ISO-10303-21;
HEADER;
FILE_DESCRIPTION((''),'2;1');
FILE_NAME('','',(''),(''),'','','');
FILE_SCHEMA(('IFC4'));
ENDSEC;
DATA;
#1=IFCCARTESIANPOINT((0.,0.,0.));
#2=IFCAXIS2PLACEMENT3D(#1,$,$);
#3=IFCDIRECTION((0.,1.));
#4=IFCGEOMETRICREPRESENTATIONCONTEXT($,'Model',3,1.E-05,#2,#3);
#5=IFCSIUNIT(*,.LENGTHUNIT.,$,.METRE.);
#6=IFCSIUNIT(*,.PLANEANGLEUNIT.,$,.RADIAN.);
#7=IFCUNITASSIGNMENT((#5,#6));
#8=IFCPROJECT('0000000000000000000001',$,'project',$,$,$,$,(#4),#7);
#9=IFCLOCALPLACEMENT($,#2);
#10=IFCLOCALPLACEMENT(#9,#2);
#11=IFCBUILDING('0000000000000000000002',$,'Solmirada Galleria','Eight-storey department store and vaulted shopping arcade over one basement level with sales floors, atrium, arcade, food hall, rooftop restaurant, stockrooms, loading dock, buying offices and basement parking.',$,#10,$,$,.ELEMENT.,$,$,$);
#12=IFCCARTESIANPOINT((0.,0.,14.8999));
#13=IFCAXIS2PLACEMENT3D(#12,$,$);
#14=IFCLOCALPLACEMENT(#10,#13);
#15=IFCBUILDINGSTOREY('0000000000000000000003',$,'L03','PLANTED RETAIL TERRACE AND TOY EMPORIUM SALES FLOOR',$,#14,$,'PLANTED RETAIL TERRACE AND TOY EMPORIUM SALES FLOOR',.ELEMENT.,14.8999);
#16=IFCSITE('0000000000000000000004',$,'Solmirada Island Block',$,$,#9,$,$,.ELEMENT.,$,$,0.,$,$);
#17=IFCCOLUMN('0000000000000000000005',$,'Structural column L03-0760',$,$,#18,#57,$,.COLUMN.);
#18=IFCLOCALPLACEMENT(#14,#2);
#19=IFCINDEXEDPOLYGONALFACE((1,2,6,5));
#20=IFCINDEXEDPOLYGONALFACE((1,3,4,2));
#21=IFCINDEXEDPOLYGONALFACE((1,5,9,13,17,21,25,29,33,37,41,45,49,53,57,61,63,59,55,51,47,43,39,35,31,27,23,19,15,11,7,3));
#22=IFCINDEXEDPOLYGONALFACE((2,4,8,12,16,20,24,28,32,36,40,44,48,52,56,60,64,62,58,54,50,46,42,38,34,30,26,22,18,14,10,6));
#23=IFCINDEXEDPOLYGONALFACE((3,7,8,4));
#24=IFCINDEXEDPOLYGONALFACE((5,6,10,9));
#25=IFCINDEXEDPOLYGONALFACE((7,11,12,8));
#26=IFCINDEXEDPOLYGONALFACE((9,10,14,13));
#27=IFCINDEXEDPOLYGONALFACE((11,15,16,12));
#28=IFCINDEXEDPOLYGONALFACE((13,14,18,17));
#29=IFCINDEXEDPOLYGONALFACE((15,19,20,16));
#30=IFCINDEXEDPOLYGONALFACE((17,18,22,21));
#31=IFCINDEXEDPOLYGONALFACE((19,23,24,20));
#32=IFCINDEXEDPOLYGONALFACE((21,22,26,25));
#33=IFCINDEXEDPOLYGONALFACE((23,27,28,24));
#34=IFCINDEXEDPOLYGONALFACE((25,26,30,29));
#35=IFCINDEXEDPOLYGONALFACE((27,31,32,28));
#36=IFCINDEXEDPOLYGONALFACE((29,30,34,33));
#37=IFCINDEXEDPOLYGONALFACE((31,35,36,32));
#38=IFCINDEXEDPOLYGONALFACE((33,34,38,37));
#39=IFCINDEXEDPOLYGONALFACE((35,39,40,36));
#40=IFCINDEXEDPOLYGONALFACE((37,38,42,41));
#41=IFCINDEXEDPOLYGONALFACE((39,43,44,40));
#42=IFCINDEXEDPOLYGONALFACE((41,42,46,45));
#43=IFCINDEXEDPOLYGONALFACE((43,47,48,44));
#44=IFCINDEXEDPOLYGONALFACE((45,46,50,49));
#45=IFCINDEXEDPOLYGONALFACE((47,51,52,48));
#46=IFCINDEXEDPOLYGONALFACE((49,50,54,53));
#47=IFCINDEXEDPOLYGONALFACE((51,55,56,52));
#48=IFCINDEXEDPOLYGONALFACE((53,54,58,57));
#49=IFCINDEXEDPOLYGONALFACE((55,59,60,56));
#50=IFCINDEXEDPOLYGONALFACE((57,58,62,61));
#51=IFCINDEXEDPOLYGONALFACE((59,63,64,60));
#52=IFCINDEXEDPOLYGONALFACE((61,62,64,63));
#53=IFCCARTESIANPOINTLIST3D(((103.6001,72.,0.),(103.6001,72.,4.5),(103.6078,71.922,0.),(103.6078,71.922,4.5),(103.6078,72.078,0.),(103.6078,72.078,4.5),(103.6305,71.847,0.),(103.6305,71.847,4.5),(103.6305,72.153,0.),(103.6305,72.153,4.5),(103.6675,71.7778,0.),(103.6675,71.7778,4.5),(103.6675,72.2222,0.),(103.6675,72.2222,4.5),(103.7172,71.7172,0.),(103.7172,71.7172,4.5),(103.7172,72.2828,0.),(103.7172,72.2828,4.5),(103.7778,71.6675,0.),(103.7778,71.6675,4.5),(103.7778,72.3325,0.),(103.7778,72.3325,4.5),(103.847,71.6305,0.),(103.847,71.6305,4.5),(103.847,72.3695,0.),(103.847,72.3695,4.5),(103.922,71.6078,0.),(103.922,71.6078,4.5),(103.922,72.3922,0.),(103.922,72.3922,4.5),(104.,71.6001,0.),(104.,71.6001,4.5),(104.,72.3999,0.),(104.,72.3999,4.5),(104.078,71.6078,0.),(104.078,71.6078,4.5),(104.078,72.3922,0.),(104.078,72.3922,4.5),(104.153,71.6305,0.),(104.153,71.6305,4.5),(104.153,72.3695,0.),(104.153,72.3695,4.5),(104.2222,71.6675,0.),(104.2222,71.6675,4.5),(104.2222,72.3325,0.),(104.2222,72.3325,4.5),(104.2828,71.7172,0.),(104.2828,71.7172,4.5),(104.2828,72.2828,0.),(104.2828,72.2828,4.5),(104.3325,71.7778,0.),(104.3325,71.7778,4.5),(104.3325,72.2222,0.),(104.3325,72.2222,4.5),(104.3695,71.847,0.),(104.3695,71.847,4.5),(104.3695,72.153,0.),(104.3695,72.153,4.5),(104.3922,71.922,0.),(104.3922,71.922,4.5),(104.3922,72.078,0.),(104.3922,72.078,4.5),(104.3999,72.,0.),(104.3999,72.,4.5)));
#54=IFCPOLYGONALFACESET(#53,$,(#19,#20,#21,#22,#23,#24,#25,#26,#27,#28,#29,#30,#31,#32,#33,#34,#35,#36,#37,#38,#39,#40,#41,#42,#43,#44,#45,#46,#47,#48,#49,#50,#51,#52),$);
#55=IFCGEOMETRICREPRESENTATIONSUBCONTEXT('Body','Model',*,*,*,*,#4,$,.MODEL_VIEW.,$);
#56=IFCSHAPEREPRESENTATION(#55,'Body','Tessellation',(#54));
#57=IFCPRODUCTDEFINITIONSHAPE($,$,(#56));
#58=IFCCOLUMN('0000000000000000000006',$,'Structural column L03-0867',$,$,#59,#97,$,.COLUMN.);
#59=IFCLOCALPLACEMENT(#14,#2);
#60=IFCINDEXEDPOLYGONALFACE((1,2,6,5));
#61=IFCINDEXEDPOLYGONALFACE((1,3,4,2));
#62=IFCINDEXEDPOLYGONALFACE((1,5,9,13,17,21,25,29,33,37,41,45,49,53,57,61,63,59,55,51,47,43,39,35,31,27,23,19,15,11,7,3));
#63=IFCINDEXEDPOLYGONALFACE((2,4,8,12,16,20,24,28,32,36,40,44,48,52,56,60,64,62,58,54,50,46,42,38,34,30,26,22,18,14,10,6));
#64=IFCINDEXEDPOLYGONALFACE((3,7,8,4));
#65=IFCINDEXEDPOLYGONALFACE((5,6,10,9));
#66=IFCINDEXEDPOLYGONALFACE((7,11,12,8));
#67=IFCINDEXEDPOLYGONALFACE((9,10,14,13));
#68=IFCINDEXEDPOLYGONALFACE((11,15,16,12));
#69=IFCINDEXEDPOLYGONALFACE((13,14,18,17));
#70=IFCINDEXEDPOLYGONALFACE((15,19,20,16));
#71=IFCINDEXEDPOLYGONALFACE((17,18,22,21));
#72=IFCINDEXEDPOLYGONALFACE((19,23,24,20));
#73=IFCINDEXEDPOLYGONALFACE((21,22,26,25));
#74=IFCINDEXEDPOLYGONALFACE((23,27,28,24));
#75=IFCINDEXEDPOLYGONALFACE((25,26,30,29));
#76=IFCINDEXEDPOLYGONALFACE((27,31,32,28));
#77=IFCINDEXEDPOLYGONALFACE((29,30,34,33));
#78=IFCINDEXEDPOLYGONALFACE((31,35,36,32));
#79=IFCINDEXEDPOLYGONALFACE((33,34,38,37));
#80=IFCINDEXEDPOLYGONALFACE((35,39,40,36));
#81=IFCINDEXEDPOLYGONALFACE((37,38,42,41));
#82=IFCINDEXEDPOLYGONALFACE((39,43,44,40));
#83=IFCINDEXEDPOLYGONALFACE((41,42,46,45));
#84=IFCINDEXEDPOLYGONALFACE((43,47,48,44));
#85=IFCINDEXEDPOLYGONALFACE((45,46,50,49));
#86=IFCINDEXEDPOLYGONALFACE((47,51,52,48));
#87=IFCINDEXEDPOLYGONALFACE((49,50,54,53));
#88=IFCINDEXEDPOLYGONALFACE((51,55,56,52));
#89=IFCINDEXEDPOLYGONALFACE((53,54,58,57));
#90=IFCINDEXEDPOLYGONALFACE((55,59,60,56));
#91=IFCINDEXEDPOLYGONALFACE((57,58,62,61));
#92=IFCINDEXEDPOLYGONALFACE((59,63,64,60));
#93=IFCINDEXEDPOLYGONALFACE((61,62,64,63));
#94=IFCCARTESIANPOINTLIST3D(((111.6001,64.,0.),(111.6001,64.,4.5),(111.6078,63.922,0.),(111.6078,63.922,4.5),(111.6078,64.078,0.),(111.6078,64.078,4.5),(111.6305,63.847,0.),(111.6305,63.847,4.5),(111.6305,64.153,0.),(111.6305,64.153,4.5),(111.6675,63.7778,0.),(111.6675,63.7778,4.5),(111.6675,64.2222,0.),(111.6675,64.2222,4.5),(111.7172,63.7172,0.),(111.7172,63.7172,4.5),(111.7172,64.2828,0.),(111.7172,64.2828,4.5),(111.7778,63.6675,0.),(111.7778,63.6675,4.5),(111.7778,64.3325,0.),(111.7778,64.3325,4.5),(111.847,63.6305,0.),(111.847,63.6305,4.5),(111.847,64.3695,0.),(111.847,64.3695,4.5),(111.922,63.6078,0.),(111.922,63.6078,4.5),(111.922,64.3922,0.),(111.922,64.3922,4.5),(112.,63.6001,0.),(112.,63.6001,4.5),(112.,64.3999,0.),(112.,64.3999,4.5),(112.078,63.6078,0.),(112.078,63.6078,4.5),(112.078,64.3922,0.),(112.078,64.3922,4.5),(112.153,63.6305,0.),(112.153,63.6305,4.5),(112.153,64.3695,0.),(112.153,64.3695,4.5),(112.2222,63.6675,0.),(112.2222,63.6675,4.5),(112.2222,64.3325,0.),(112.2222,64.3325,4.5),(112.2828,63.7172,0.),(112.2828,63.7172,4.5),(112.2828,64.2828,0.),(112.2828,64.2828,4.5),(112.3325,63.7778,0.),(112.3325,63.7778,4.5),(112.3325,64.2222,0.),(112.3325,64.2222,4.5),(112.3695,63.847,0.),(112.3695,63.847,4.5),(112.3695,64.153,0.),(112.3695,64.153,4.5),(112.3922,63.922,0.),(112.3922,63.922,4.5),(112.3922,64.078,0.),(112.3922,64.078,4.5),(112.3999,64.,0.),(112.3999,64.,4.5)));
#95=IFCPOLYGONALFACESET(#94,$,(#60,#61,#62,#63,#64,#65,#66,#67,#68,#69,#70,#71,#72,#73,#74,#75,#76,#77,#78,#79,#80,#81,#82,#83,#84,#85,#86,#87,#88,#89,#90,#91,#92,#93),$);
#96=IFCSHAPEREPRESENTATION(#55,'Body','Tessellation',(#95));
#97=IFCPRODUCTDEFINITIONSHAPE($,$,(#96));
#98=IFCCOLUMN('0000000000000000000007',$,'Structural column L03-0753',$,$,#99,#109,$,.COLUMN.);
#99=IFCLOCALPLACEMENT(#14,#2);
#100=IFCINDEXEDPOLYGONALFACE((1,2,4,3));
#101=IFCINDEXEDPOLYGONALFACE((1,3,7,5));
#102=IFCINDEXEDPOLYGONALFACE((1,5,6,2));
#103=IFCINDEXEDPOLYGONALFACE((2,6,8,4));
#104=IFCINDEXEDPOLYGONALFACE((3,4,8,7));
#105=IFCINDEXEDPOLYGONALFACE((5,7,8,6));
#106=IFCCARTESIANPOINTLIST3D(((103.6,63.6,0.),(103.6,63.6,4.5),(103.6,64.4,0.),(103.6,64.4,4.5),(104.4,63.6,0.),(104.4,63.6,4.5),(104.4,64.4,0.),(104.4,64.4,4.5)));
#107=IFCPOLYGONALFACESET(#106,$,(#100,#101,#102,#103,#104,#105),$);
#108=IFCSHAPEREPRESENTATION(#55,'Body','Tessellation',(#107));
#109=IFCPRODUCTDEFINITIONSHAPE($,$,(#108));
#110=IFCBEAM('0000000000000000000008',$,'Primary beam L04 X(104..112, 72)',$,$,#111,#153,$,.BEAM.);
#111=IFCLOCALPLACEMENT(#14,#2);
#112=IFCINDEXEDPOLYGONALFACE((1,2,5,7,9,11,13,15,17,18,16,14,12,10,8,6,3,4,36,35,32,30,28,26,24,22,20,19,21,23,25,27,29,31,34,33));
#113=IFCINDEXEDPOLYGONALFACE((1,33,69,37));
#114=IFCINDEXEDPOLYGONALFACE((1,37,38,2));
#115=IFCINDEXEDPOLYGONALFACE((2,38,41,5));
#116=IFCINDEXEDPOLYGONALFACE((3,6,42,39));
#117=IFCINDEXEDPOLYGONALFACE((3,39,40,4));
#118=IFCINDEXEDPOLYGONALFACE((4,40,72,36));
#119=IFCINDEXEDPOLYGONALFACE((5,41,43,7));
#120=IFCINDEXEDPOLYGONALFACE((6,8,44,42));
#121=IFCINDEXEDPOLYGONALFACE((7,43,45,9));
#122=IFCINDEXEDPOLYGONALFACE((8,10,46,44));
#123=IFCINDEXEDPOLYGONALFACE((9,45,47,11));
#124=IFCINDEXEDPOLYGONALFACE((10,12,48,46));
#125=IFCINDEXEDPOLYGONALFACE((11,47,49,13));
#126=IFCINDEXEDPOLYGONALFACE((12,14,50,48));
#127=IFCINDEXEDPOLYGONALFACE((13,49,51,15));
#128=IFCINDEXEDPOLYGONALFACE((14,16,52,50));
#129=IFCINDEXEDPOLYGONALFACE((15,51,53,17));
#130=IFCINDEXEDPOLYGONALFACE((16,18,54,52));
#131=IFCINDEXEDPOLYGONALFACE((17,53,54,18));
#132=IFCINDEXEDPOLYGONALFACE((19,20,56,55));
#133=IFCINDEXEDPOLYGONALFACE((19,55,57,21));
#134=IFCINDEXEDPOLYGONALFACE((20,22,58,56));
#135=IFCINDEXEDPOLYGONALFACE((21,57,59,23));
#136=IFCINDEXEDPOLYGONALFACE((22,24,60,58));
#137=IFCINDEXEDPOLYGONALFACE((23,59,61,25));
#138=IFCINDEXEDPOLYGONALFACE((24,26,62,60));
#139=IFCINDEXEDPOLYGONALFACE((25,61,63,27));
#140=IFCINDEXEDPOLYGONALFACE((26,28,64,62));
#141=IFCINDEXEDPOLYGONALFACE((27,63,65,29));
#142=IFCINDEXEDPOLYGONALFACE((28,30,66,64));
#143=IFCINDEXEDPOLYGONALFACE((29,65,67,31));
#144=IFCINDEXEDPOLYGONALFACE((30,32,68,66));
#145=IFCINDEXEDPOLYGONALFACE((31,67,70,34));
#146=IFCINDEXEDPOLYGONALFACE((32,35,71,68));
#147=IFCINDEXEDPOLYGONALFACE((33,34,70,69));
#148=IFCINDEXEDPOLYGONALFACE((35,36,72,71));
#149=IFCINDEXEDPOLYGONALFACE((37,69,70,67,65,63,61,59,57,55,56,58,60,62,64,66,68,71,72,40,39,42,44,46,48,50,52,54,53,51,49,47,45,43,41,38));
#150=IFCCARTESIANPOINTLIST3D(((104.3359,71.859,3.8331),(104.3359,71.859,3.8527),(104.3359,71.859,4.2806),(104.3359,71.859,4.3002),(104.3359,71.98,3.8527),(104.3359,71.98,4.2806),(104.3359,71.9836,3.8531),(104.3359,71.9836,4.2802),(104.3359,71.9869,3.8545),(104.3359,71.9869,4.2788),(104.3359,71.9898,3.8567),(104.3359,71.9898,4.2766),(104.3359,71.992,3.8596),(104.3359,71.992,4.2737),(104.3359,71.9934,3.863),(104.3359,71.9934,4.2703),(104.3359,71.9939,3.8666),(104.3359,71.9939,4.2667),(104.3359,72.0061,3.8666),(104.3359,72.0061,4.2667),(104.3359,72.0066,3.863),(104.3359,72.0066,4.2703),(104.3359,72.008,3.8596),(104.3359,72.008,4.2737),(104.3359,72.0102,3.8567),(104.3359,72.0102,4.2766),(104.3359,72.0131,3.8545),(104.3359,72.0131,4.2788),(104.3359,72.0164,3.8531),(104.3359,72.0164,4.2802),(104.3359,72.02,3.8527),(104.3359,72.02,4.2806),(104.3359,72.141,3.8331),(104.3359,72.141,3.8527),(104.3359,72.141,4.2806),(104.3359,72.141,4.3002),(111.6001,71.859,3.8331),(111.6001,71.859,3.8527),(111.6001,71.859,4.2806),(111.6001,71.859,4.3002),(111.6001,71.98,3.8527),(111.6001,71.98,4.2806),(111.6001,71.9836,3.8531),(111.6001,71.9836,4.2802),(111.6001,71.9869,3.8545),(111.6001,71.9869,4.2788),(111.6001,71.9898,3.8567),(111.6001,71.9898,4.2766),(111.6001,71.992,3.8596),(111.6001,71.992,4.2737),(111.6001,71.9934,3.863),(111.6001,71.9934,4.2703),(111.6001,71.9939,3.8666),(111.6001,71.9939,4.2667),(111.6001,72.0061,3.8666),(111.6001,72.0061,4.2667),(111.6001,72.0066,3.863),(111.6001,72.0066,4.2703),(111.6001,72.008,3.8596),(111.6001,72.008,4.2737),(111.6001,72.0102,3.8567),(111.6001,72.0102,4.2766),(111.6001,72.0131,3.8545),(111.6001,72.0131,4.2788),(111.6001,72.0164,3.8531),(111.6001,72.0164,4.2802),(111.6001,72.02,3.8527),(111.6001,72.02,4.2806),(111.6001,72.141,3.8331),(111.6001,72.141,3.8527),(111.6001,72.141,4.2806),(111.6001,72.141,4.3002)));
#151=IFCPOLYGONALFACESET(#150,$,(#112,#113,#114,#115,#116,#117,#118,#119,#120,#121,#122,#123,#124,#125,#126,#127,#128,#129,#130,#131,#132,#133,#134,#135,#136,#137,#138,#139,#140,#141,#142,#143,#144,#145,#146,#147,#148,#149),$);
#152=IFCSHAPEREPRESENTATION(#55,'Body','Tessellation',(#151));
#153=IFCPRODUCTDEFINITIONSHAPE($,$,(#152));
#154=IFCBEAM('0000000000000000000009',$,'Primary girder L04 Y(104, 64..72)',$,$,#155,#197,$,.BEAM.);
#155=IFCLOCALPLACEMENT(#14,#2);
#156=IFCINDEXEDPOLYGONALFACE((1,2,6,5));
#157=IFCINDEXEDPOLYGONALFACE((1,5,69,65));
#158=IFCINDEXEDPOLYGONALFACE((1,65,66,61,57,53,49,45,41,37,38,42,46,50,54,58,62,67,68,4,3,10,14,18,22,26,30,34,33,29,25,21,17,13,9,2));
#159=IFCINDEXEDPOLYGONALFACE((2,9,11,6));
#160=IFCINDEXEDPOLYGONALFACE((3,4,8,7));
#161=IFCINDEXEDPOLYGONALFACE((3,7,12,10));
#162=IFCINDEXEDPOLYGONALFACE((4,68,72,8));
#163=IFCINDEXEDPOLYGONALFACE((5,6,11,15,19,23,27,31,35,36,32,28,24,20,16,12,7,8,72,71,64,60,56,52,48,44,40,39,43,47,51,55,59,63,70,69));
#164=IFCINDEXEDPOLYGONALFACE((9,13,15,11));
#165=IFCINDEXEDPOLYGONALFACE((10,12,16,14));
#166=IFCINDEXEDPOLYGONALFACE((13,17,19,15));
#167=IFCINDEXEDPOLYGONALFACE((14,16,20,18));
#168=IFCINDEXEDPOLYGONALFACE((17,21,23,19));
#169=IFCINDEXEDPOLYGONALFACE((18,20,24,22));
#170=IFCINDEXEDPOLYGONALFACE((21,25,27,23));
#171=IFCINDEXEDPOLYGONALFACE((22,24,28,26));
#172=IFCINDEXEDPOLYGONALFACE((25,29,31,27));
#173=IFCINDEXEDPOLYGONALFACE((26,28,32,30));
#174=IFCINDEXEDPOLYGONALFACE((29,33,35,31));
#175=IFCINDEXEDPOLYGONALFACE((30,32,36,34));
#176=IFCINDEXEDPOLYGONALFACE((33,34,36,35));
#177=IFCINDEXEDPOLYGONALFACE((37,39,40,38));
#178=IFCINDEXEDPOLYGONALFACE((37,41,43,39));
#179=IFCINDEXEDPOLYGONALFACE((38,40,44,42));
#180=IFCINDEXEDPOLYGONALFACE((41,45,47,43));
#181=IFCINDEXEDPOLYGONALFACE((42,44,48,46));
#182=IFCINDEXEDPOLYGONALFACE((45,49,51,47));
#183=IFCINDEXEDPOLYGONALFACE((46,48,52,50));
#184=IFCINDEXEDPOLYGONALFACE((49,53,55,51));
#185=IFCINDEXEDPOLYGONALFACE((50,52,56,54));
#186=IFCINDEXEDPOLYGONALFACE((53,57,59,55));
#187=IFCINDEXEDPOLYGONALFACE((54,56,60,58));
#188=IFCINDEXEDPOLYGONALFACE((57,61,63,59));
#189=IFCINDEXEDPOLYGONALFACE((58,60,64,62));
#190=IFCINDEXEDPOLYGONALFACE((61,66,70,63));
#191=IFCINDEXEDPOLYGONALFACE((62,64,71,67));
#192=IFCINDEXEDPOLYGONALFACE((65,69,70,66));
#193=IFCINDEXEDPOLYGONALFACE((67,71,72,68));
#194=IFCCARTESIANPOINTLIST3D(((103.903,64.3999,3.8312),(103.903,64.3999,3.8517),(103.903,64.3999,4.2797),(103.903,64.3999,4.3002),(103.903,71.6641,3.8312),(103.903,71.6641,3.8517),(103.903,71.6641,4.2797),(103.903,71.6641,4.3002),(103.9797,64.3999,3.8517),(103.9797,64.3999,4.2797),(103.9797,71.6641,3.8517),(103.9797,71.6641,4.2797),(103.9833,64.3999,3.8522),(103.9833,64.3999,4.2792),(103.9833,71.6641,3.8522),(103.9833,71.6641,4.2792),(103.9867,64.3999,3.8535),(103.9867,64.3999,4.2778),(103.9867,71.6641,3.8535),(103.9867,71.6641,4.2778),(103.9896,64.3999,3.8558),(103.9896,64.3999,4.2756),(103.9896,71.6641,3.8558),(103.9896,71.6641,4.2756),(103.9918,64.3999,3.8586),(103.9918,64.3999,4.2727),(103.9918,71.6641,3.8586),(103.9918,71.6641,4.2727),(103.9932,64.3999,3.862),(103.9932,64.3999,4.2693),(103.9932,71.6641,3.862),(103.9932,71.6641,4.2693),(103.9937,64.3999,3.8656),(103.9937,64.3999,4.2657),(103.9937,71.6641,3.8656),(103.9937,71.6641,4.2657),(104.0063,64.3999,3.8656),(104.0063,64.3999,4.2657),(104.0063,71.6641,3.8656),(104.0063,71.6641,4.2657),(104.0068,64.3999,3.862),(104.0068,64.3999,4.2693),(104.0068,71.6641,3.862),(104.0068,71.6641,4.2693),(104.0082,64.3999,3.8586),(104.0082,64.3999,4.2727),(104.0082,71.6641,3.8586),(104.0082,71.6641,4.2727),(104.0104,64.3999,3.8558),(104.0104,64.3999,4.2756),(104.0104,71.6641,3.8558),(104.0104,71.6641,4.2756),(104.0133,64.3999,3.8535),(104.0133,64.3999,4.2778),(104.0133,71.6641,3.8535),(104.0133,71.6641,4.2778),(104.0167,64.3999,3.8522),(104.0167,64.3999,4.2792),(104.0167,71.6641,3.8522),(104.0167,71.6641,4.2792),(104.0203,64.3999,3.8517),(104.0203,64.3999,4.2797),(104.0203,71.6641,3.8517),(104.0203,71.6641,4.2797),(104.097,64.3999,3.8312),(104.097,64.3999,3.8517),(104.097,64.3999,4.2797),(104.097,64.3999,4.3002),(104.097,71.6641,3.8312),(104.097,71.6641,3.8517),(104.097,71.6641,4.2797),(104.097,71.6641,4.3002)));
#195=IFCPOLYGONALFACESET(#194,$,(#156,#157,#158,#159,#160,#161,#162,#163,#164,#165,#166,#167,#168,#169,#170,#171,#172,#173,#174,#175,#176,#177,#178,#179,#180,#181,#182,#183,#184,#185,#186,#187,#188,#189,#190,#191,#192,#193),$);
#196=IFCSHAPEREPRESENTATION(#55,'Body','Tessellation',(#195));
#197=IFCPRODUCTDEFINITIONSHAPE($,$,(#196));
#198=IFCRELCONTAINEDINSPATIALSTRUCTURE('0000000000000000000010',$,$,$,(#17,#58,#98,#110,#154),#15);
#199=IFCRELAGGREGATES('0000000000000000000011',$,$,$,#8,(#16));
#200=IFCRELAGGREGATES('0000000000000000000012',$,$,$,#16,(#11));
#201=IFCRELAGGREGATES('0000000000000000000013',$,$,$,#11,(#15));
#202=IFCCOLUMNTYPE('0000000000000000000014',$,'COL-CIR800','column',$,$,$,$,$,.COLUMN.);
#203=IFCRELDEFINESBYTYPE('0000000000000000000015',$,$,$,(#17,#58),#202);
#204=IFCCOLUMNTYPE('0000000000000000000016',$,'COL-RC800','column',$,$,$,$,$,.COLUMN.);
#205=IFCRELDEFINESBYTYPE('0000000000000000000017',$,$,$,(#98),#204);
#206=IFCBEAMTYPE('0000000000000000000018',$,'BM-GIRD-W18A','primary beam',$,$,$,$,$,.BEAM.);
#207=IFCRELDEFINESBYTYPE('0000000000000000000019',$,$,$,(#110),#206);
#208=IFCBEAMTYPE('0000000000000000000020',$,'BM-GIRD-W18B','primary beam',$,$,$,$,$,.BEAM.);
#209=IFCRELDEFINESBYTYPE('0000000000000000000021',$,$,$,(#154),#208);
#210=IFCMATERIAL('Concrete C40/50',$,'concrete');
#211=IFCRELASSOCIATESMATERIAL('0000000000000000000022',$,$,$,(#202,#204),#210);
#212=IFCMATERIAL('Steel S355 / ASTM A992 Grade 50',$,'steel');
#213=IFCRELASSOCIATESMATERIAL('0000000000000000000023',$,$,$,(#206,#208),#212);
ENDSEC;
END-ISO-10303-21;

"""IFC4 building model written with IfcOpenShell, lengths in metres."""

from ifc_helpers import new_model, si_unit, direction, frame, origin, origin_2d, place, context, subcontext, project, spatial, rectangle, circle, i_section, extrude, material, material_profile, profile_set, type_object, element, save


model = new_model("IFC4")

# Units and contexts
model_context = context("Model", 3, precision=1e-05, world=origin(), true_north=direction((0.0, 1.0)))
body_context = subcontext(model_context, "Body", "Model", "MODEL_VIEW")
ifc_project = project(units=[si_unit("LENGTHUNIT", "METRE"), si_unit("PLANEANGLEUNIT", "RADIAN")], contexts=[model_context])

# Site, building, storey
site_placement = place(None, origin())
site = spatial("IfcSite", under=ifc_project, at=site_placement, Name="Solmirada Island Block", CompositionType="ELEMENT", RefElevation=0.0)
building_placement = place(site_placement, origin())
building = spatial("IfcBuilding", under=site, at=building_placement, Name="Solmirada Galleria", Description="Eight-storey department store and vaulted shopping arcade over one basement level with sales floors, atrium, arcade, food hall, rooftop restaurant, stockrooms, loading dock, buying offices and basement parking.", CompositionType="ELEMENT")
storey_placement = place(building_placement, frame((0.0, 0.0, 14.8999)))
storey = spatial("IfcBuildingStorey", under=building, at=storey_placement, Name="L03", Description="PLANTED RETAIL TERRACE AND TOY EMPORIUM SALES FLOOR", LongName="PLANTED RETAIL TERRACE AND TOY EMPORIUM SALES FLOOR", CompositionType="ELEMENT", Elevation=14.8999)

# Columns
ifc_material_1 = material(Name="Concrete C40/50", Category="concrete")
ifc_material_profile_1 = material_profile(ifc_material_1, circle(Radius=0.3999, at=origin_2d()), Name="RCCOL800")
ifc_profile_set_1 = profile_set([ifc_material_profile_1], Name="Concrete C40/50")
column_type_1 = type_object("IfcColumnType", Name="COL-CIR800", Description="column", PredefinedType="COLUMN", material=ifc_profile_set_1)
for number, where, z_axis, x_axis, name in (
    (1, (104.0, 72.0, 0.0), (0.0, 0.0, 1.0), (1.0, 0.0, 0.0), "Structural column L03-0760"),
    (2, (112.0, 64.0, 0.0), (0.0, 0.0, 1.0), (1.0, 0.0, 0.0), "Structural column L03-0867"),
):
    element("IfcColumn", number, at=place(storey_placement, frame(where, z_axis=z_axis, x_axis=x_axis)), inside=storey, type_object=column_type_1, Name=name, PredefinedType="COLUMN", context=body_context, shape_type="SweptSolid", body=[
        extrude(circle(Radius=0.3999, at=origin_2d()), origin(), (0.0, 0.0, 1.0), 4.5),
    ])
ifc_material_profile_2 = material_profile(ifc_material_1, rectangle(XDim=0.8, YDim=0.8, at=origin_2d()), Name="RC800X800")
ifc_profile_set_2 = profile_set([ifc_material_profile_2], Name="Concrete C40/50")
column_type_2 = type_object("IfcColumnType", Name="COL-RC800", Description="column", PredefinedType="COLUMN", material=ifc_profile_set_2)
column_placement = place(storey_placement, frame((104.0, 64.0, 0.0), z_axis=(0.0, 0.0, 1.0), x_axis=(1.0, 0.0, 0.0)))
element("IfcColumn", 3, at=column_placement, inside=storey, type_object=column_type_2, Name="Structural column L03-0753", PredefinedType="COLUMN", context=body_context, shape_type="SweptSolid", body=[
    extrude(rectangle(XDim=0.8, YDim=0.8, at=origin_2d()), origin(), (0.0, 0.0, 1.0), 4.5),
])

# Beams
ifc_material_2 = material(Name="Steel S355 / ASTM A992 Grade 50", Category="steel")
ifc_material_profile_3 = material_profile(ifc_material_2, i_section(OverallWidth=0.282, OverallDepth=0.467, WebThickness=0.0122, FlangeThickness=0.0195, FilletRadius=0.0139, at=origin_2d()), Name="W18X86")
ifc_profile_set_3 = profile_set([ifc_material_profile_3], Name="Steel S355 / ASTM A992 Grade 50")
beam_type_1 = type_object("IfcBeamType", Name="BM-GIRD-W18A", Description="primary beam", PredefinedType="BEAM", material=ifc_profile_set_3)
beam_1_placement = place(storey_placement, frame((104.3359, 72.0, 4.0667), z_axis=(1.0, 0.0, 0.0), x_axis=(0.0, 1.0, 0.0)))
element("IfcBeam", 4, at=beam_1_placement, inside=storey, type_object=beam_type_1, Name="Primary beam L04 X(104..112, 72)", PredefinedType="BEAM", context=body_context, shape_type="SweptSolid", body=[
    extrude(i_section(OverallWidth=0.282, OverallDepth=0.467, WebThickness=0.0122, FlangeThickness=0.0195, FilletRadius=0.0139, at=origin_2d()), origin(), (0.0, 0.0, 1.0), 7.2642),
])
ifc_material_profile_4 = material_profile(ifc_material_2, i_section(OverallWidth=0.1941, OverallDepth=0.469, WebThickness=0.0127, FlangeThickness=0.0205, FilletRadius=0.0139, at=origin_2d()), Name="W18X71")
ifc_profile_set_4 = profile_set([ifc_material_profile_4], Name="Steel S355 / ASTM A992 Grade 50")
beam_type_2 = type_object("IfcBeamType", Name="BM-GIRD-W18B", Description="primary beam", PredefinedType="BEAM", material=ifc_profile_set_4)
beam_2_placement = place(storey_placement, frame((104.0, 64.3999, 4.0657), z_axis=(0.0, 1.0, 0.0), x_axis=(-1.0, 0.0, 0.0)))
element("IfcBeam", 5, at=beam_2_placement, inside=storey, type_object=beam_type_2, Name="Primary girder L04 Y(104, 64..72)", PredefinedType="BEAM", context=body_context, shape_type="SweptSolid", body=[
    extrude(i_section(OverallWidth=0.1941, OverallDepth=0.469, WebThickness=0.0127, FlangeThickness=0.0205, FilletRadius=0.0139, at=origin_2d()), origin(), (0.0, 0.0, 1.0), 7.2642),
])

save(model, "model.ifc")
